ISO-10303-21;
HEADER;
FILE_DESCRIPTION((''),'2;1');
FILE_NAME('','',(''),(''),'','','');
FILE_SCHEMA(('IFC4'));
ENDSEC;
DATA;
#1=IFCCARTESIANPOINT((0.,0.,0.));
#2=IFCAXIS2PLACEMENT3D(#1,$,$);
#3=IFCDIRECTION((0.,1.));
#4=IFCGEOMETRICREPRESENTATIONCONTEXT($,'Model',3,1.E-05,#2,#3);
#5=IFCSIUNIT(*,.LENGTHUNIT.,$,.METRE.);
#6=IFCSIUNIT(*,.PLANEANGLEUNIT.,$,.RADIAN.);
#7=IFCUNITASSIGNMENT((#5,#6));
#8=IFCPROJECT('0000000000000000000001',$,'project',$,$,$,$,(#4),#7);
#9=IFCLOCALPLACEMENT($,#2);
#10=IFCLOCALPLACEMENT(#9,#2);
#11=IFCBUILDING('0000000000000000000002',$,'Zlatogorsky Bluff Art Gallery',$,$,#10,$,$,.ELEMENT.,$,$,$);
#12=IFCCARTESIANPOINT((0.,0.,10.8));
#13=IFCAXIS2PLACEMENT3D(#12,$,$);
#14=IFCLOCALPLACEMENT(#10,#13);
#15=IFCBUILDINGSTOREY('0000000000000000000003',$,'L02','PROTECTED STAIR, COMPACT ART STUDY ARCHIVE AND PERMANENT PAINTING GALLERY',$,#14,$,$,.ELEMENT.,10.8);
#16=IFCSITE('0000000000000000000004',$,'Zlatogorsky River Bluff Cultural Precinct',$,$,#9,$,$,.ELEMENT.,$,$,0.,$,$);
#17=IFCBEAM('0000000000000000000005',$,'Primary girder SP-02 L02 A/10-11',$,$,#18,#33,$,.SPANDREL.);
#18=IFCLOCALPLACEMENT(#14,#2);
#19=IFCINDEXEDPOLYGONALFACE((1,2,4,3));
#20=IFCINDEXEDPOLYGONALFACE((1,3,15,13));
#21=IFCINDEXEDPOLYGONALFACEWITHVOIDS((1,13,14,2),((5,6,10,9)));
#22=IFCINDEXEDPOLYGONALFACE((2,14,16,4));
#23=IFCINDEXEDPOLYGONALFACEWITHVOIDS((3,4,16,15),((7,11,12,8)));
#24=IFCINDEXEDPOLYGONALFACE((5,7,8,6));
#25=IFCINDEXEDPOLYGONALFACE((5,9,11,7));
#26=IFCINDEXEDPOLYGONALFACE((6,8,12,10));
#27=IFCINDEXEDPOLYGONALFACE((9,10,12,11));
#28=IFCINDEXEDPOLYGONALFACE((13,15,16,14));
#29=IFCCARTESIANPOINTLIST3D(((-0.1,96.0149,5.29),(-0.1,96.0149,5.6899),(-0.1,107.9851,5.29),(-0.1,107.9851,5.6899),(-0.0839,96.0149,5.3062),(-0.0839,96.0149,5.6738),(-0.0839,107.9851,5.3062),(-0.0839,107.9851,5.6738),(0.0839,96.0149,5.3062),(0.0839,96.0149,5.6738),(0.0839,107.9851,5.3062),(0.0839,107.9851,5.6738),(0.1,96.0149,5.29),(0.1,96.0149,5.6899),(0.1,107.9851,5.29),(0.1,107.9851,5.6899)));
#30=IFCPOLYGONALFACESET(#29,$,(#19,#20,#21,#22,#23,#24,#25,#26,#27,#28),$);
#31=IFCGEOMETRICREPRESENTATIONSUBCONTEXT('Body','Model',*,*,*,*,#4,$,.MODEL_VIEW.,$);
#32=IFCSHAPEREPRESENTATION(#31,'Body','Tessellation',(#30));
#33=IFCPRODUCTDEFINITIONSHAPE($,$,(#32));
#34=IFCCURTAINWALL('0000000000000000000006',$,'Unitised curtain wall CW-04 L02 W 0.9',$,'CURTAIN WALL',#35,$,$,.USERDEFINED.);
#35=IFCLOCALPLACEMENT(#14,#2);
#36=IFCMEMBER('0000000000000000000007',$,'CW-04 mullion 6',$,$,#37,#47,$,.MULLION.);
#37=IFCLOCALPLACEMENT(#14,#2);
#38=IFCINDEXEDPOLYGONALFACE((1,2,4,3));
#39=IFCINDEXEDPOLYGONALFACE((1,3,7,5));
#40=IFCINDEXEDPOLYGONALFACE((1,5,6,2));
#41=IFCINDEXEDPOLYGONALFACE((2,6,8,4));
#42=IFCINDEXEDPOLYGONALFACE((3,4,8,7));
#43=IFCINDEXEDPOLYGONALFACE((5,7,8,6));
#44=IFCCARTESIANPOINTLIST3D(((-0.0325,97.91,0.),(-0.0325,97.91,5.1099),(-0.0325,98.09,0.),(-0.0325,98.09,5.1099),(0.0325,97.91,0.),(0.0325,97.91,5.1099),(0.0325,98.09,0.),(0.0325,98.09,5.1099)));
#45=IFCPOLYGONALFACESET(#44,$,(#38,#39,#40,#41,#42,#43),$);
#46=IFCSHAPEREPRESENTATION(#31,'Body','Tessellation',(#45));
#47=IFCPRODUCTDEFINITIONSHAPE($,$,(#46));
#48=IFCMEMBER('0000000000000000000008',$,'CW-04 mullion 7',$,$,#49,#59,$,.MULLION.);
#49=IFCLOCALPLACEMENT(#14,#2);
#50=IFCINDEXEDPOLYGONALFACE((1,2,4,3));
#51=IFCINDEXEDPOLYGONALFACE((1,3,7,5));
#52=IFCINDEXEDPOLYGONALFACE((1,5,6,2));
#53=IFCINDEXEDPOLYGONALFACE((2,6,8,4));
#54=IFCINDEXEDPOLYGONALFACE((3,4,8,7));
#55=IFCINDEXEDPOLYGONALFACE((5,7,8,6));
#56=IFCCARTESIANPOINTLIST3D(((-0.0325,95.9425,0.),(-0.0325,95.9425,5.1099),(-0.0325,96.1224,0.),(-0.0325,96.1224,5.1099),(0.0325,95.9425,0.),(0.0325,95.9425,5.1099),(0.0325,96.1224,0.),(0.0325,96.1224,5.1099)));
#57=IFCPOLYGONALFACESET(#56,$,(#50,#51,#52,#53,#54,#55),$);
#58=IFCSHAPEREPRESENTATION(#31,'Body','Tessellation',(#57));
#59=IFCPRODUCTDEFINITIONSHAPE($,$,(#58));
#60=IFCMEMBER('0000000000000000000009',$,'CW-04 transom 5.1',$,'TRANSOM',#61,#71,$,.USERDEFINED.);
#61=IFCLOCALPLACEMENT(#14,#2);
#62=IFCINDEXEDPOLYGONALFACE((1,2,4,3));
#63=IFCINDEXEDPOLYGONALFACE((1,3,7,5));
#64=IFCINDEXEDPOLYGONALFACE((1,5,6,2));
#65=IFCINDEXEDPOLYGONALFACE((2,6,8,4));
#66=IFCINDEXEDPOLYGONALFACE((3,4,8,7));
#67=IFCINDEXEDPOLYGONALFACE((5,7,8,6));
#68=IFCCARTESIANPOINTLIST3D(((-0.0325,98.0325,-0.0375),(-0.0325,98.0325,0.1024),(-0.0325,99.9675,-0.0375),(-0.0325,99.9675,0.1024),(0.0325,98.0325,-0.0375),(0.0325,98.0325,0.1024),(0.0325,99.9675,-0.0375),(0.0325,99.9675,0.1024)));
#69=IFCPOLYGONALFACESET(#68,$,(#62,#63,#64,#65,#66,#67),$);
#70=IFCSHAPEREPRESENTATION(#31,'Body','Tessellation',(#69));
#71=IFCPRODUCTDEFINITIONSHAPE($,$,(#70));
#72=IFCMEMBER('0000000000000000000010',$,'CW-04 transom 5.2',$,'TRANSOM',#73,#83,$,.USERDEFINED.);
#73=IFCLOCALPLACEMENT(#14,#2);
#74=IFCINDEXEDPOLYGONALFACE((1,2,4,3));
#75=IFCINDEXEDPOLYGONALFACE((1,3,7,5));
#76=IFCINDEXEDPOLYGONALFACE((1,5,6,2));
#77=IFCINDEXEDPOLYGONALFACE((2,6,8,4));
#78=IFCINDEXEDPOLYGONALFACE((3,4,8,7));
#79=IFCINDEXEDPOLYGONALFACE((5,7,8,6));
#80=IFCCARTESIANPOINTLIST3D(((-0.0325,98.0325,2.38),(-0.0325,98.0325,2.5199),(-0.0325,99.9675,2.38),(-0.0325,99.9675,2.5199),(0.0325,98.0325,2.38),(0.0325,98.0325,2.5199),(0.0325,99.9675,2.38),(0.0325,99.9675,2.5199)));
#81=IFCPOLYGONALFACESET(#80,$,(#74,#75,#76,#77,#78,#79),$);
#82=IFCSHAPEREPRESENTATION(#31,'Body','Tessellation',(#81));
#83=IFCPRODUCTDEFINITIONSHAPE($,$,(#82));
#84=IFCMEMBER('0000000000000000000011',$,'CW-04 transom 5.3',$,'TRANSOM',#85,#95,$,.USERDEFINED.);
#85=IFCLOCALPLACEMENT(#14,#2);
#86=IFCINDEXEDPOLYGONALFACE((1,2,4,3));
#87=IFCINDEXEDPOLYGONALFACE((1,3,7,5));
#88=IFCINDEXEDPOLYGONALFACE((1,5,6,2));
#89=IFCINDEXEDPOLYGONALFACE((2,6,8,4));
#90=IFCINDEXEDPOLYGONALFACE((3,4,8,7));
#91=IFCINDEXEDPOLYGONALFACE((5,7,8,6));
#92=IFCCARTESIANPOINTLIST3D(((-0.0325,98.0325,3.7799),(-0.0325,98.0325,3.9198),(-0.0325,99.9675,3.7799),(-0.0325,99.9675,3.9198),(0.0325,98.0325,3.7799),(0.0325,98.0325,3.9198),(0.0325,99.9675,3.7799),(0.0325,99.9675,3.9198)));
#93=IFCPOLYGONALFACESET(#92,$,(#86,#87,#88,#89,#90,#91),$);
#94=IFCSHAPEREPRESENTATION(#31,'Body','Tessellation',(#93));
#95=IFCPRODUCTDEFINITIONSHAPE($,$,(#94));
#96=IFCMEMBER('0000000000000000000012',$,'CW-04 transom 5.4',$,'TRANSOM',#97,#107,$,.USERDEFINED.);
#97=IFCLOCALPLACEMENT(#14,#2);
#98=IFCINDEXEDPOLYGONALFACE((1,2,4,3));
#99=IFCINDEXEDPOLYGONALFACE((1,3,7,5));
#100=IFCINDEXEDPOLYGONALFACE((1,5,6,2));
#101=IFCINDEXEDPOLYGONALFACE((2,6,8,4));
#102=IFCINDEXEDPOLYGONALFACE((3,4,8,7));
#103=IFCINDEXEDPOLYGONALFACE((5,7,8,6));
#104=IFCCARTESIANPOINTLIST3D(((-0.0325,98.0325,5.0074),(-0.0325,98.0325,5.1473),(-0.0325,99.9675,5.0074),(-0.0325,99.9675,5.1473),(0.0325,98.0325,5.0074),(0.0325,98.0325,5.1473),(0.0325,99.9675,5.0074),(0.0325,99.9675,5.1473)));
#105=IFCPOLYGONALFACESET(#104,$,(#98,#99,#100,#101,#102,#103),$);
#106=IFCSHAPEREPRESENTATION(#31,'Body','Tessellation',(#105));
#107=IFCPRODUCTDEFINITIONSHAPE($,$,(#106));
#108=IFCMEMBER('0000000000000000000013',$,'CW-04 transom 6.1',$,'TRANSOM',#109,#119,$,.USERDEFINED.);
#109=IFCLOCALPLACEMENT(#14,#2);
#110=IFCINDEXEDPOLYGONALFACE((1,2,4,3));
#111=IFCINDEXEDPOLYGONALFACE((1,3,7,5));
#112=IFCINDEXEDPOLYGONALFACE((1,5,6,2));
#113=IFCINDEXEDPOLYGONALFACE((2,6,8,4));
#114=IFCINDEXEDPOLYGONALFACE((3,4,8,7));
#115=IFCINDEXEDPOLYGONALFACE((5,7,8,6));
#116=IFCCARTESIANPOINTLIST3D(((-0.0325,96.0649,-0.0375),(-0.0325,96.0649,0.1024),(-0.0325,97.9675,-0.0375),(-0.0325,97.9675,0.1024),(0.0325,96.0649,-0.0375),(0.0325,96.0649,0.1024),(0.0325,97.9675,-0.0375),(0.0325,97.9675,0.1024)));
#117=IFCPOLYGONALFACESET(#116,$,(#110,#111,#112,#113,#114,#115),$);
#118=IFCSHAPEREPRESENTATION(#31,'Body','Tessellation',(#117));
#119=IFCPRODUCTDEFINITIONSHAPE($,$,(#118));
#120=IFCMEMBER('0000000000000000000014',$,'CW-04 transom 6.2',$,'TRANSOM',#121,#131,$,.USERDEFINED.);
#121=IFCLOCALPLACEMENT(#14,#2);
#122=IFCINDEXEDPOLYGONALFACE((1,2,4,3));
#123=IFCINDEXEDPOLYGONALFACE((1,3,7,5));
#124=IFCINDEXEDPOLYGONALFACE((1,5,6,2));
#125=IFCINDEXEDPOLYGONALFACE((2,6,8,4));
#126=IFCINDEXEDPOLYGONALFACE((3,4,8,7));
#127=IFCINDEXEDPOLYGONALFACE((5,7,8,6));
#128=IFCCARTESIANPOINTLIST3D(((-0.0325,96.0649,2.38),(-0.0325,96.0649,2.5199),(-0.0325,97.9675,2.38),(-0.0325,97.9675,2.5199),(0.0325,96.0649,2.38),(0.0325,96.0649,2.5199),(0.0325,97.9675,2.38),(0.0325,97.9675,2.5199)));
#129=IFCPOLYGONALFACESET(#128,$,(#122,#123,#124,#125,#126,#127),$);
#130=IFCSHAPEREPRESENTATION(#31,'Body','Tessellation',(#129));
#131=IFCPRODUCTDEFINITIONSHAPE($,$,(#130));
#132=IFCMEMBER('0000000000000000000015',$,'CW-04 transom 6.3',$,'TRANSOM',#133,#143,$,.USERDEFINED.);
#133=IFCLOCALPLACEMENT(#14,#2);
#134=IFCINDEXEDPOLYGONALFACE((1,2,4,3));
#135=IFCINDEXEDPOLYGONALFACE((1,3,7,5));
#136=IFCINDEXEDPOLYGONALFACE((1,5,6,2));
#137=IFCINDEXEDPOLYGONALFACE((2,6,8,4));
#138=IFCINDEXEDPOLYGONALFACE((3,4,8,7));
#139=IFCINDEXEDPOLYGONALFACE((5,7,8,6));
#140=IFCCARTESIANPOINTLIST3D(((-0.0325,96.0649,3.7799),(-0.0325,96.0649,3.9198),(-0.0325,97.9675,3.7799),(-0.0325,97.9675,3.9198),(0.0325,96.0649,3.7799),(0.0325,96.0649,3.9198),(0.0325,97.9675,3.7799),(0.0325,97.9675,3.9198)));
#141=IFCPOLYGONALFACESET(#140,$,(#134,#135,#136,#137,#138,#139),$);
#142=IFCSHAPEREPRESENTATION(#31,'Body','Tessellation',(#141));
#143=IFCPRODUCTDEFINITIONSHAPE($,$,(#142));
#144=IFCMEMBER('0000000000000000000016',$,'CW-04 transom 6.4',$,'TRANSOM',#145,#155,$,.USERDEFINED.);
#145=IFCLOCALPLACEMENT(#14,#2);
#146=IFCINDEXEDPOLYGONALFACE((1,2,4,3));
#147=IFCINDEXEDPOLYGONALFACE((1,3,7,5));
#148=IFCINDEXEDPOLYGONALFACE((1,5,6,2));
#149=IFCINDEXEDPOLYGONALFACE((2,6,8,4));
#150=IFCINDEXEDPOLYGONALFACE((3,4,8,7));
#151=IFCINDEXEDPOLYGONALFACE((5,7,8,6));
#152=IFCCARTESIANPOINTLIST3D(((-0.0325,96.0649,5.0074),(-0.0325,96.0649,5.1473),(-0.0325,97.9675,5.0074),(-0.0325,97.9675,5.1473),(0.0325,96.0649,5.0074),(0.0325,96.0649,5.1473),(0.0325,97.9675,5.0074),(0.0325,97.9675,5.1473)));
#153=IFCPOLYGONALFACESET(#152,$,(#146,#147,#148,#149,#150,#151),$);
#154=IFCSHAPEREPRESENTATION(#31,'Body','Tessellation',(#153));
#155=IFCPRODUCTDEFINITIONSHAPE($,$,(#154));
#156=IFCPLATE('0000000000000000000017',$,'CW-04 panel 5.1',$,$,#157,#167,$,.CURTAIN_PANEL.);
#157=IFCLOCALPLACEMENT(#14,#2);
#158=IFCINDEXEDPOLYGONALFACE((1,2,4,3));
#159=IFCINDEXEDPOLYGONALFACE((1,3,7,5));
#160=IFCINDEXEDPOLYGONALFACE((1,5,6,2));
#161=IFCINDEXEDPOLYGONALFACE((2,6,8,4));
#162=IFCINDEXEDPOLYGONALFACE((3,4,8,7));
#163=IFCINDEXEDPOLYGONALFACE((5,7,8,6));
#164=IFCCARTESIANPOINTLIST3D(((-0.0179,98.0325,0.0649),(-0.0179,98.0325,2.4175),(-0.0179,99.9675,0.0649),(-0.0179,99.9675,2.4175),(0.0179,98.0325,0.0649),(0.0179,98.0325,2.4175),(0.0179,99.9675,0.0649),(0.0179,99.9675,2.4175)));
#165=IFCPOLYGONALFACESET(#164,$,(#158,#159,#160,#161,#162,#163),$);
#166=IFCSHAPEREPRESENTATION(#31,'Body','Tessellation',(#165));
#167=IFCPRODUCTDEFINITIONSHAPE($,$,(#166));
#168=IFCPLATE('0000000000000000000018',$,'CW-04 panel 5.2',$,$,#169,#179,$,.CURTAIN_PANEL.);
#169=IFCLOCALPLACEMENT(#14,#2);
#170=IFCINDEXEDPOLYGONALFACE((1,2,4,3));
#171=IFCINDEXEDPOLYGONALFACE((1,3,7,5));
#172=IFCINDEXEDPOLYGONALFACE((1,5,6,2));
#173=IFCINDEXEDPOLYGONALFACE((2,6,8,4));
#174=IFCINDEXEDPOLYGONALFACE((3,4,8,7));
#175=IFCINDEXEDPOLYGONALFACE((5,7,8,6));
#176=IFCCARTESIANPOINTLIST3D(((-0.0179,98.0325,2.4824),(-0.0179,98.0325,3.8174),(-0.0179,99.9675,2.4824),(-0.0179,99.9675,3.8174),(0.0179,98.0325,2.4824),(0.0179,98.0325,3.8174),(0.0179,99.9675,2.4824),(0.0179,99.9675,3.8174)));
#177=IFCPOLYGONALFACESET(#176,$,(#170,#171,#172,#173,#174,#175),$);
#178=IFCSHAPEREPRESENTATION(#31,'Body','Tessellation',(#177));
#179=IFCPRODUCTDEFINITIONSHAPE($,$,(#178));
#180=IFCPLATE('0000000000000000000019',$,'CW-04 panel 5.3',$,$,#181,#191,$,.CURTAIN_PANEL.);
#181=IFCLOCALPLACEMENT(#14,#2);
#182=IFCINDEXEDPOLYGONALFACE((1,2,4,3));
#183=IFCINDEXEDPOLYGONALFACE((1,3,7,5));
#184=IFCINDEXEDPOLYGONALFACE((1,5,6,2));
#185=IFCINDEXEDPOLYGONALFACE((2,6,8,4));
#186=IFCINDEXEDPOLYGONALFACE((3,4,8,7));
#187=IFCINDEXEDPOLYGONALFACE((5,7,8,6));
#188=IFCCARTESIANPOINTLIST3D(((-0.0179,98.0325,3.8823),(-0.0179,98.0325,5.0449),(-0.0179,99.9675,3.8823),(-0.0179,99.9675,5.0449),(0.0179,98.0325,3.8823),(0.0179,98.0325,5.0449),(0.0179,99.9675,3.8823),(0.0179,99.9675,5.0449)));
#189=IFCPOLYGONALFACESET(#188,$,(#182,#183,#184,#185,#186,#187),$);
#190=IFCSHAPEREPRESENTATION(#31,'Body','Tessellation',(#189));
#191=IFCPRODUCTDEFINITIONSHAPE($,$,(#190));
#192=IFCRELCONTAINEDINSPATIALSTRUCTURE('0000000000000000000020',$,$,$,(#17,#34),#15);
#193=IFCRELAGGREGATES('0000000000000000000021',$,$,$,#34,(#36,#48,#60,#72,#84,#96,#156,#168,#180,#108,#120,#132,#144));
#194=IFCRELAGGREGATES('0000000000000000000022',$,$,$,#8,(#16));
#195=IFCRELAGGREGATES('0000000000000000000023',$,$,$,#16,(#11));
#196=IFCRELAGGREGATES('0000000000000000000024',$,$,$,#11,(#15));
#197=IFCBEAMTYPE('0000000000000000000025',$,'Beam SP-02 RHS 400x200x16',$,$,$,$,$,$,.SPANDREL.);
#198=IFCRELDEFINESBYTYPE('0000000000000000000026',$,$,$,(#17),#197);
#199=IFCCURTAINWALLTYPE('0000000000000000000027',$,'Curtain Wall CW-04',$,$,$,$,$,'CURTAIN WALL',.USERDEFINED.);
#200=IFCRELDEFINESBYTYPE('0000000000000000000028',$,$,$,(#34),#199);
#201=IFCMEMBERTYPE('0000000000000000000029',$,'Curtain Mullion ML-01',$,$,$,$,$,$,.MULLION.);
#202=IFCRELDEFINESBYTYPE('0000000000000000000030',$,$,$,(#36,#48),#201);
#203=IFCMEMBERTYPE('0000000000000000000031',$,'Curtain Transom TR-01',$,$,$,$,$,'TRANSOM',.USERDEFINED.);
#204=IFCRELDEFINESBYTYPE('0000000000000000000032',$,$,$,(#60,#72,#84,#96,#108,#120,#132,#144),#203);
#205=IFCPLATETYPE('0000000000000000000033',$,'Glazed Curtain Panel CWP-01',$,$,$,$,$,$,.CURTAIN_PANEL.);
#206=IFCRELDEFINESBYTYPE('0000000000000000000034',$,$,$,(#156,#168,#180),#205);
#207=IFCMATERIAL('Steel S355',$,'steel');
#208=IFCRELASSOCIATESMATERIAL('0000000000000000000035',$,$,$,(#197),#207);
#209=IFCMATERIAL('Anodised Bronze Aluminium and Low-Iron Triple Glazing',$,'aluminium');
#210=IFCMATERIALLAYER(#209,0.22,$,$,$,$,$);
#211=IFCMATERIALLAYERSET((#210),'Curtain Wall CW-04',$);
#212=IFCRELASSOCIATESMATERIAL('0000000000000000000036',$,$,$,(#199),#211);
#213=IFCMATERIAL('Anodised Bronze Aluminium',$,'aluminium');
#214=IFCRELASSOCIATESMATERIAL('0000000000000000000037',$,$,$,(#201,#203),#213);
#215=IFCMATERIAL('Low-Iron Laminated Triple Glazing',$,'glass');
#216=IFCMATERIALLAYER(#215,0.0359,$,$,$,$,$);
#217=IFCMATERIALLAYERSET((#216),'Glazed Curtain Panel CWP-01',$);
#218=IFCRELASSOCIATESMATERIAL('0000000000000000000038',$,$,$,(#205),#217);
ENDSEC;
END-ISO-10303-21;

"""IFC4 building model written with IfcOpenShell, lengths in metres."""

from ifc_helpers import new_model, si_unit, direction, frame, origin, origin_2d, place, context, subcontext, project, spatial, rectangle, hollow_rectangle, extrude, material, layer, layer_set, material_profile, profile_set, type_object, element, aggregate, save


model = new_model("IFC4")

# Units and contexts
model_context = context("Model", 3, precision=1e-05, world=origin(), true_north=direction((0.0, 1.0)))
body_context = subcontext(model_context, "Body", "Model", "MODEL_VIEW")
ifc_project = project(units=[si_unit("LENGTHUNIT", "METRE"), si_unit("PLANEANGLEUNIT", "RADIAN")], contexts=[model_context])

# Site, building, storey
site_placement = place(None, origin())
site = spatial("IfcSite", under=ifc_project, at=site_placement, Name="Zlatogorsky River Bluff Cultural Precinct", CompositionType="ELEMENT", RefElevation=0.0)
building_placement = place(site_placement, origin())
building = spatial("IfcBuilding", under=site, at=building_placement, Name="Zlatogorsky Bluff Art Gallery", CompositionType="ELEMENT")
storey_placement = place(building_placement, frame((0.0, 0.0, 10.8)))
storey = spatial("IfcBuildingStorey", under=building, at=storey_placement, Name="L02", Description="PROTECTED STAIR, COMPACT ART STUDY ARCHIVE AND PERMANENT PAINTING GALLERY", CompositionType="ELEMENT", Elevation=10.8)

# Beam
ifc_material_1 = material(Name="Steel S355", Category="steel")
ifc_material_profile_1 = material_profile(ifc_material_1, hollow_rectangle(XDim=0.2, YDim=0.3999, WallThickness=0.0161, at=origin_2d()), Name="RHS 400x200x16")
ifc_profile_set_1 = profile_set([ifc_material_profile_1], Name="Steel S355")
beam_type = type_object("IfcBeamType", Name="Beam SP-02 RHS 400x200x16", PredefinedType="SPANDREL", material=ifc_profile_set_1)
beam_placement = place(storey_placement, frame((0.0, 96.0149, 5.49), z_axis=(0.0, 1.0, 0.0), x_axis=(-1.0, 0.0, 0.0)))
element("IfcBeam", 1, at=beam_placement, inside=storey, type_object=beam_type, Name="Primary girder SP-02 L02 A/10-11", PredefinedType="SPANDREL", context=body_context, shape_type="SweptSolid", body=[
    extrude(hollow_rectangle(XDim=0.2, YDim=0.3999, WallThickness=0.0161, at=origin_2d()), origin(), (0.0, 0.0, 1.0), 11.9702),
])

# Curtain wall, members, plates
ifc_material_2 = material(Name="Anodised Bronze Aluminium and Low-Iron Triple Glazing", Category="aluminium")
ifc_layer_1 = layer(ifc_material_2, 0.22)
ifc_layer_set_1 = layer_set([ifc_layer_1], Name="Curtain Wall CW-04")
curtain_wall_type = type_object("IfcCurtainWallType", Name="Curtain Wall CW-04", ElementType="CURTAIN WALL", PredefinedType="USERDEFINED", material=ifc_layer_set_1)
curtain_wall_placement = place(storey_placement, origin())
curtain_wall = element("IfcCurtainWall", 2, at=curtain_wall_placement, inside=storey, type_object=curtain_wall_type, Name="Unitised curtain wall CW-04 L02 W 0.9", ObjectType="CURTAIN WALL", PredefinedType="USERDEFINED")
ifc_material_3 = material(Name="Anodised Bronze Aluminium", Category="aluminium")
ifc_material_profile_2 = material_profile(ifc_material_3, rectangle(XDim=0.0649, YDim=0.1799, at=origin_2d()), Name="ALU MULLION 65x180")
ifc_profile_set_2 = profile_set([ifc_material_profile_2], Name="Anodised Bronze Aluminium")
member_type_1 = type_object("IfcMemberType", Name="Curtain Mullion ML-01", PredefinedType="MULLION", material=ifc_profile_set_2)
member_1_placement = place(storey_placement, frame((0.0, 98.0, 0.0), z_axis=(0.0, 0.0, 1.0), x_axis=(1.0, 0.0, 0.0)))
member_1 = element("IfcMember", 3, at=member_1_placement, type_object=member_type_1, Name="CW-04 mullion 6", PredefinedType="MULLION", context=body_context, shape_type="SweptSolid", body=[
    extrude(rectangle(XDim=0.0649, YDim=0.1799, at=origin_2d()), origin(), (0.0, 0.0, 1.0), 5.1099),
])
member_2_placement = place(storey_placement, frame((0.0, 96.0325, 0.0), z_axis=(0.0, 0.0, 1.0), x_axis=(1.0, 0.0, 0.0)))
member_2 = element("IfcMember", 4, at=member_2_placement, type_object=member_type_1, Name="CW-04 mullion 7", PredefinedType="MULLION", context=body_context, shape_type="SweptSolid", body=[
    extrude(rectangle(XDim=0.0649, YDim=0.1799, at=origin_2d()), origin(), (0.0, 0.0, 1.0), 5.1099),
])
ifc_material_profile_3 = material_profile(ifc_material_3, rectangle(XDim=0.0649, YDim=0.1399, at=origin_2d()), Name="ALU TRANSOM 65x140")
ifc_profile_set_3 = profile_set([ifc_material_profile_3], Name="Anodised Bronze Aluminium")
member_type_2 = type_object("IfcMemberType", Name="Curtain Transom TR-01", ElementType="TRANSOM", PredefinedType="USERDEFINED", material=ifc_profile_set_3)
member_3_placement = place(storey_placement, frame((0.0, 99.9675, 0.0325), z_axis=(0.0, -1.0, 0.0), x_axis=(1.0, 0.0, 0.0)))
member_3 = element("IfcMember", 5, at=member_3_placement, type_object=member_type_2, Name="CW-04 transom 5.1", ObjectType="TRANSOM", PredefinedType="USERDEFINED", context=body_context, shape_type="SweptSolid", body=[
    extrude(rectangle(XDim=0.0649, YDim=0.1399, at=origin_2d()), origin(), (0.0, 0.0, 1.0), 1.9351),
])
member_4_placement = place(storey_placement, frame((0.0, 99.9675, 2.45), z_axis=(0.0, -1.0, 0.0), x_axis=(1.0, 0.0, 0.0)))
member_4 = element("IfcMember", 6, at=member_4_placement, type_object=member_type_2, Name="CW-04 transom 5.2", ObjectType="TRANSOM", PredefinedType="USERDEFINED", context=body_context, shape_type="SweptSolid", body=[
    extrude(rectangle(XDim=0.0649, YDim=0.1399, at=origin_2d()), origin(), (0.0, 0.0, 1.0), 1.9351),
])
member_5_placement = place(storey_placement, frame((0.0, 99.9675, 3.8499), z_axis=(0.0, -1.0, 0.0), x_axis=(1.0, 0.0, 0.0)))
member_5 = element("IfcMember", 7, at=member_5_placement, type_object=member_type_2, Name="CW-04 transom 5.3", ObjectType="TRANSOM", PredefinedType="USERDEFINED", context=body_context, shape_type="SweptSolid", body=[
    extrude(rectangle(XDim=0.0649, YDim=0.1399, at=origin_2d()), origin(), (0.0, 0.0, 1.0), 1.9351),
])
member_6_placement = place(storey_placement, frame((0.0, 99.9675, 5.0774), z_axis=(0.0, -1.0, 0.0), x_axis=(1.0, 0.0, 0.0)))
member_6 = element("IfcMember", 8, at=member_6_placement, type_object=member_type_2, Name="CW-04 transom 5.4", ObjectType="TRANSOM", PredefinedType="USERDEFINED", context=body_context, shape_type="SweptSolid", body=[
    extrude(rectangle(XDim=0.0649, YDim=0.1399, at=origin_2d()), origin(), (0.0, 0.0, 1.0), 1.9351),
])
member_7_placement = place(storey_placement, frame((0.0, 97.9675, 0.0325), z_axis=(0.0, -1.0, 0.0), x_axis=(1.0, 0.0, 0.0)))
member_7 = element("IfcMember", 9, at=member_7_placement, type_object=member_type_2, Name="CW-04 transom 6.1", ObjectType="TRANSOM", PredefinedType="USERDEFINED", context=body_context, shape_type="SweptSolid", body=[
    extrude(rectangle(XDim=0.0649, YDim=0.1399, at=origin_2d()), origin(), (0.0, 0.0, 1.0), 1.9026),
])
member_8_placement = place(storey_placement, frame((0.0, 97.9675, 2.45), z_axis=(0.0, -1.0, 0.0), x_axis=(1.0, 0.0, 0.0)))
member_8 = element("IfcMember", 10, at=member_8_placement, type_object=member_type_2, Name="CW-04 transom 6.2", ObjectType="TRANSOM", PredefinedType="USERDEFINED", context=body_context, shape_type="SweptSolid", body=[
    extrude(rectangle(XDim=0.0649, YDim=0.1399, at=origin_2d()), origin(), (0.0, 0.0, 1.0), 1.9026),
])
member_9_placement = place(storey_placement, frame((0.0, 97.9675, 3.8499), z_axis=(0.0, -1.0, 0.0), x_axis=(1.0, 0.0, 0.0)))
member_9 = element("IfcMember", 11, at=member_9_placement, type_object=member_type_2, Name="CW-04 transom 6.3", ObjectType="TRANSOM", PredefinedType="USERDEFINED", context=body_context, shape_type="SweptSolid", body=[
    extrude(rectangle(XDim=0.0649, YDim=0.1399, at=origin_2d()), origin(), (0.0, 0.0, 1.0), 1.9026),
])
member_10_placement = place(storey_placement, frame((0.0, 97.9675, 5.0774), z_axis=(0.0, -1.0, 0.0), x_axis=(1.0, 0.0, 0.0)))
member_10 = element("IfcMember", 12, at=member_10_placement, type_object=member_type_2, Name="CW-04 transom 6.4", ObjectType="TRANSOM", PredefinedType="USERDEFINED", context=body_context, shape_type="SweptSolid", body=[
    extrude(rectangle(XDim=0.0649, YDim=0.1399, at=origin_2d()), origin(), (0.0, 0.0, 1.0), 1.9026),
])
ifc_material_4 = material(Name="Low-Iron Laminated Triple Glazing", Category="glass")
ifc_layer_2 = layer(ifc_material_4, 0.0359)
ifc_layer_set_2 = layer_set([ifc_layer_2], Name="Glazed Curtain Panel CWP-01")
plate_type = type_object("IfcPlateType", Name="Glazed Curtain Panel CWP-01", PredefinedType="CURTAIN_PANEL", material=ifc_layer_set_2)
plate_1_placement = place(storey_placement, frame((0.0, 99.0, 0.0649), z_axis=(0.0, 0.0, 1.0), x_axis=(0.0, -1.0, 0.0)))
plate_1 = element("IfcPlate", 13, at=plate_1_placement, type_object=plate_type, Name="CW-04 panel 5.1", PredefinedType="CURTAIN_PANEL", context=body_context, shape_type="SweptSolid", body=[
    extrude(rectangle(XDim=1.9351, YDim=0.0359, at=origin_2d()), origin(), (0.0, 0.0, 1.0), 2.3525),
])
plate_2_placement = place(storey_placement, frame((0.0, 99.0, 2.4824), z_axis=(0.0, 0.0, 1.0), x_axis=(0.0, -1.0, 0.0)))
plate_2 = element("IfcPlate", 14, at=plate_2_placement, type_object=plate_type, Name="CW-04 panel 5.2", PredefinedType="CURTAIN_PANEL", context=body_context, shape_type="SweptSolid", body=[
    extrude(rectangle(XDim=1.9351, YDim=0.0359, at=origin_2d()), origin(), (0.0, 0.0, 1.0), 1.335),
])
plate_3_placement = place(storey_placement, frame((0.0, 99.0, 3.8823), z_axis=(0.0, 0.0, 1.0), x_axis=(0.0, -1.0, 0.0)))
plate_3 = element("IfcPlate", 15, at=plate_3_placement, type_object=plate_type, Name="CW-04 panel 5.3", PredefinedType="CURTAIN_PANEL", context=body_context, shape_type="SweptSolid", body=[
    extrude(rectangle(XDim=1.9351, YDim=0.0359, at=origin_2d()), origin(), (0.0, 0.0, 1.0), 1.1626),
])
aggregate(curtain_wall, [member_1, member_2, member_3, member_4, member_5, member_6, plate_1, plate_2, plate_3, member_7, member_8, member_9, member_10])

save(model, "model.ifc")
